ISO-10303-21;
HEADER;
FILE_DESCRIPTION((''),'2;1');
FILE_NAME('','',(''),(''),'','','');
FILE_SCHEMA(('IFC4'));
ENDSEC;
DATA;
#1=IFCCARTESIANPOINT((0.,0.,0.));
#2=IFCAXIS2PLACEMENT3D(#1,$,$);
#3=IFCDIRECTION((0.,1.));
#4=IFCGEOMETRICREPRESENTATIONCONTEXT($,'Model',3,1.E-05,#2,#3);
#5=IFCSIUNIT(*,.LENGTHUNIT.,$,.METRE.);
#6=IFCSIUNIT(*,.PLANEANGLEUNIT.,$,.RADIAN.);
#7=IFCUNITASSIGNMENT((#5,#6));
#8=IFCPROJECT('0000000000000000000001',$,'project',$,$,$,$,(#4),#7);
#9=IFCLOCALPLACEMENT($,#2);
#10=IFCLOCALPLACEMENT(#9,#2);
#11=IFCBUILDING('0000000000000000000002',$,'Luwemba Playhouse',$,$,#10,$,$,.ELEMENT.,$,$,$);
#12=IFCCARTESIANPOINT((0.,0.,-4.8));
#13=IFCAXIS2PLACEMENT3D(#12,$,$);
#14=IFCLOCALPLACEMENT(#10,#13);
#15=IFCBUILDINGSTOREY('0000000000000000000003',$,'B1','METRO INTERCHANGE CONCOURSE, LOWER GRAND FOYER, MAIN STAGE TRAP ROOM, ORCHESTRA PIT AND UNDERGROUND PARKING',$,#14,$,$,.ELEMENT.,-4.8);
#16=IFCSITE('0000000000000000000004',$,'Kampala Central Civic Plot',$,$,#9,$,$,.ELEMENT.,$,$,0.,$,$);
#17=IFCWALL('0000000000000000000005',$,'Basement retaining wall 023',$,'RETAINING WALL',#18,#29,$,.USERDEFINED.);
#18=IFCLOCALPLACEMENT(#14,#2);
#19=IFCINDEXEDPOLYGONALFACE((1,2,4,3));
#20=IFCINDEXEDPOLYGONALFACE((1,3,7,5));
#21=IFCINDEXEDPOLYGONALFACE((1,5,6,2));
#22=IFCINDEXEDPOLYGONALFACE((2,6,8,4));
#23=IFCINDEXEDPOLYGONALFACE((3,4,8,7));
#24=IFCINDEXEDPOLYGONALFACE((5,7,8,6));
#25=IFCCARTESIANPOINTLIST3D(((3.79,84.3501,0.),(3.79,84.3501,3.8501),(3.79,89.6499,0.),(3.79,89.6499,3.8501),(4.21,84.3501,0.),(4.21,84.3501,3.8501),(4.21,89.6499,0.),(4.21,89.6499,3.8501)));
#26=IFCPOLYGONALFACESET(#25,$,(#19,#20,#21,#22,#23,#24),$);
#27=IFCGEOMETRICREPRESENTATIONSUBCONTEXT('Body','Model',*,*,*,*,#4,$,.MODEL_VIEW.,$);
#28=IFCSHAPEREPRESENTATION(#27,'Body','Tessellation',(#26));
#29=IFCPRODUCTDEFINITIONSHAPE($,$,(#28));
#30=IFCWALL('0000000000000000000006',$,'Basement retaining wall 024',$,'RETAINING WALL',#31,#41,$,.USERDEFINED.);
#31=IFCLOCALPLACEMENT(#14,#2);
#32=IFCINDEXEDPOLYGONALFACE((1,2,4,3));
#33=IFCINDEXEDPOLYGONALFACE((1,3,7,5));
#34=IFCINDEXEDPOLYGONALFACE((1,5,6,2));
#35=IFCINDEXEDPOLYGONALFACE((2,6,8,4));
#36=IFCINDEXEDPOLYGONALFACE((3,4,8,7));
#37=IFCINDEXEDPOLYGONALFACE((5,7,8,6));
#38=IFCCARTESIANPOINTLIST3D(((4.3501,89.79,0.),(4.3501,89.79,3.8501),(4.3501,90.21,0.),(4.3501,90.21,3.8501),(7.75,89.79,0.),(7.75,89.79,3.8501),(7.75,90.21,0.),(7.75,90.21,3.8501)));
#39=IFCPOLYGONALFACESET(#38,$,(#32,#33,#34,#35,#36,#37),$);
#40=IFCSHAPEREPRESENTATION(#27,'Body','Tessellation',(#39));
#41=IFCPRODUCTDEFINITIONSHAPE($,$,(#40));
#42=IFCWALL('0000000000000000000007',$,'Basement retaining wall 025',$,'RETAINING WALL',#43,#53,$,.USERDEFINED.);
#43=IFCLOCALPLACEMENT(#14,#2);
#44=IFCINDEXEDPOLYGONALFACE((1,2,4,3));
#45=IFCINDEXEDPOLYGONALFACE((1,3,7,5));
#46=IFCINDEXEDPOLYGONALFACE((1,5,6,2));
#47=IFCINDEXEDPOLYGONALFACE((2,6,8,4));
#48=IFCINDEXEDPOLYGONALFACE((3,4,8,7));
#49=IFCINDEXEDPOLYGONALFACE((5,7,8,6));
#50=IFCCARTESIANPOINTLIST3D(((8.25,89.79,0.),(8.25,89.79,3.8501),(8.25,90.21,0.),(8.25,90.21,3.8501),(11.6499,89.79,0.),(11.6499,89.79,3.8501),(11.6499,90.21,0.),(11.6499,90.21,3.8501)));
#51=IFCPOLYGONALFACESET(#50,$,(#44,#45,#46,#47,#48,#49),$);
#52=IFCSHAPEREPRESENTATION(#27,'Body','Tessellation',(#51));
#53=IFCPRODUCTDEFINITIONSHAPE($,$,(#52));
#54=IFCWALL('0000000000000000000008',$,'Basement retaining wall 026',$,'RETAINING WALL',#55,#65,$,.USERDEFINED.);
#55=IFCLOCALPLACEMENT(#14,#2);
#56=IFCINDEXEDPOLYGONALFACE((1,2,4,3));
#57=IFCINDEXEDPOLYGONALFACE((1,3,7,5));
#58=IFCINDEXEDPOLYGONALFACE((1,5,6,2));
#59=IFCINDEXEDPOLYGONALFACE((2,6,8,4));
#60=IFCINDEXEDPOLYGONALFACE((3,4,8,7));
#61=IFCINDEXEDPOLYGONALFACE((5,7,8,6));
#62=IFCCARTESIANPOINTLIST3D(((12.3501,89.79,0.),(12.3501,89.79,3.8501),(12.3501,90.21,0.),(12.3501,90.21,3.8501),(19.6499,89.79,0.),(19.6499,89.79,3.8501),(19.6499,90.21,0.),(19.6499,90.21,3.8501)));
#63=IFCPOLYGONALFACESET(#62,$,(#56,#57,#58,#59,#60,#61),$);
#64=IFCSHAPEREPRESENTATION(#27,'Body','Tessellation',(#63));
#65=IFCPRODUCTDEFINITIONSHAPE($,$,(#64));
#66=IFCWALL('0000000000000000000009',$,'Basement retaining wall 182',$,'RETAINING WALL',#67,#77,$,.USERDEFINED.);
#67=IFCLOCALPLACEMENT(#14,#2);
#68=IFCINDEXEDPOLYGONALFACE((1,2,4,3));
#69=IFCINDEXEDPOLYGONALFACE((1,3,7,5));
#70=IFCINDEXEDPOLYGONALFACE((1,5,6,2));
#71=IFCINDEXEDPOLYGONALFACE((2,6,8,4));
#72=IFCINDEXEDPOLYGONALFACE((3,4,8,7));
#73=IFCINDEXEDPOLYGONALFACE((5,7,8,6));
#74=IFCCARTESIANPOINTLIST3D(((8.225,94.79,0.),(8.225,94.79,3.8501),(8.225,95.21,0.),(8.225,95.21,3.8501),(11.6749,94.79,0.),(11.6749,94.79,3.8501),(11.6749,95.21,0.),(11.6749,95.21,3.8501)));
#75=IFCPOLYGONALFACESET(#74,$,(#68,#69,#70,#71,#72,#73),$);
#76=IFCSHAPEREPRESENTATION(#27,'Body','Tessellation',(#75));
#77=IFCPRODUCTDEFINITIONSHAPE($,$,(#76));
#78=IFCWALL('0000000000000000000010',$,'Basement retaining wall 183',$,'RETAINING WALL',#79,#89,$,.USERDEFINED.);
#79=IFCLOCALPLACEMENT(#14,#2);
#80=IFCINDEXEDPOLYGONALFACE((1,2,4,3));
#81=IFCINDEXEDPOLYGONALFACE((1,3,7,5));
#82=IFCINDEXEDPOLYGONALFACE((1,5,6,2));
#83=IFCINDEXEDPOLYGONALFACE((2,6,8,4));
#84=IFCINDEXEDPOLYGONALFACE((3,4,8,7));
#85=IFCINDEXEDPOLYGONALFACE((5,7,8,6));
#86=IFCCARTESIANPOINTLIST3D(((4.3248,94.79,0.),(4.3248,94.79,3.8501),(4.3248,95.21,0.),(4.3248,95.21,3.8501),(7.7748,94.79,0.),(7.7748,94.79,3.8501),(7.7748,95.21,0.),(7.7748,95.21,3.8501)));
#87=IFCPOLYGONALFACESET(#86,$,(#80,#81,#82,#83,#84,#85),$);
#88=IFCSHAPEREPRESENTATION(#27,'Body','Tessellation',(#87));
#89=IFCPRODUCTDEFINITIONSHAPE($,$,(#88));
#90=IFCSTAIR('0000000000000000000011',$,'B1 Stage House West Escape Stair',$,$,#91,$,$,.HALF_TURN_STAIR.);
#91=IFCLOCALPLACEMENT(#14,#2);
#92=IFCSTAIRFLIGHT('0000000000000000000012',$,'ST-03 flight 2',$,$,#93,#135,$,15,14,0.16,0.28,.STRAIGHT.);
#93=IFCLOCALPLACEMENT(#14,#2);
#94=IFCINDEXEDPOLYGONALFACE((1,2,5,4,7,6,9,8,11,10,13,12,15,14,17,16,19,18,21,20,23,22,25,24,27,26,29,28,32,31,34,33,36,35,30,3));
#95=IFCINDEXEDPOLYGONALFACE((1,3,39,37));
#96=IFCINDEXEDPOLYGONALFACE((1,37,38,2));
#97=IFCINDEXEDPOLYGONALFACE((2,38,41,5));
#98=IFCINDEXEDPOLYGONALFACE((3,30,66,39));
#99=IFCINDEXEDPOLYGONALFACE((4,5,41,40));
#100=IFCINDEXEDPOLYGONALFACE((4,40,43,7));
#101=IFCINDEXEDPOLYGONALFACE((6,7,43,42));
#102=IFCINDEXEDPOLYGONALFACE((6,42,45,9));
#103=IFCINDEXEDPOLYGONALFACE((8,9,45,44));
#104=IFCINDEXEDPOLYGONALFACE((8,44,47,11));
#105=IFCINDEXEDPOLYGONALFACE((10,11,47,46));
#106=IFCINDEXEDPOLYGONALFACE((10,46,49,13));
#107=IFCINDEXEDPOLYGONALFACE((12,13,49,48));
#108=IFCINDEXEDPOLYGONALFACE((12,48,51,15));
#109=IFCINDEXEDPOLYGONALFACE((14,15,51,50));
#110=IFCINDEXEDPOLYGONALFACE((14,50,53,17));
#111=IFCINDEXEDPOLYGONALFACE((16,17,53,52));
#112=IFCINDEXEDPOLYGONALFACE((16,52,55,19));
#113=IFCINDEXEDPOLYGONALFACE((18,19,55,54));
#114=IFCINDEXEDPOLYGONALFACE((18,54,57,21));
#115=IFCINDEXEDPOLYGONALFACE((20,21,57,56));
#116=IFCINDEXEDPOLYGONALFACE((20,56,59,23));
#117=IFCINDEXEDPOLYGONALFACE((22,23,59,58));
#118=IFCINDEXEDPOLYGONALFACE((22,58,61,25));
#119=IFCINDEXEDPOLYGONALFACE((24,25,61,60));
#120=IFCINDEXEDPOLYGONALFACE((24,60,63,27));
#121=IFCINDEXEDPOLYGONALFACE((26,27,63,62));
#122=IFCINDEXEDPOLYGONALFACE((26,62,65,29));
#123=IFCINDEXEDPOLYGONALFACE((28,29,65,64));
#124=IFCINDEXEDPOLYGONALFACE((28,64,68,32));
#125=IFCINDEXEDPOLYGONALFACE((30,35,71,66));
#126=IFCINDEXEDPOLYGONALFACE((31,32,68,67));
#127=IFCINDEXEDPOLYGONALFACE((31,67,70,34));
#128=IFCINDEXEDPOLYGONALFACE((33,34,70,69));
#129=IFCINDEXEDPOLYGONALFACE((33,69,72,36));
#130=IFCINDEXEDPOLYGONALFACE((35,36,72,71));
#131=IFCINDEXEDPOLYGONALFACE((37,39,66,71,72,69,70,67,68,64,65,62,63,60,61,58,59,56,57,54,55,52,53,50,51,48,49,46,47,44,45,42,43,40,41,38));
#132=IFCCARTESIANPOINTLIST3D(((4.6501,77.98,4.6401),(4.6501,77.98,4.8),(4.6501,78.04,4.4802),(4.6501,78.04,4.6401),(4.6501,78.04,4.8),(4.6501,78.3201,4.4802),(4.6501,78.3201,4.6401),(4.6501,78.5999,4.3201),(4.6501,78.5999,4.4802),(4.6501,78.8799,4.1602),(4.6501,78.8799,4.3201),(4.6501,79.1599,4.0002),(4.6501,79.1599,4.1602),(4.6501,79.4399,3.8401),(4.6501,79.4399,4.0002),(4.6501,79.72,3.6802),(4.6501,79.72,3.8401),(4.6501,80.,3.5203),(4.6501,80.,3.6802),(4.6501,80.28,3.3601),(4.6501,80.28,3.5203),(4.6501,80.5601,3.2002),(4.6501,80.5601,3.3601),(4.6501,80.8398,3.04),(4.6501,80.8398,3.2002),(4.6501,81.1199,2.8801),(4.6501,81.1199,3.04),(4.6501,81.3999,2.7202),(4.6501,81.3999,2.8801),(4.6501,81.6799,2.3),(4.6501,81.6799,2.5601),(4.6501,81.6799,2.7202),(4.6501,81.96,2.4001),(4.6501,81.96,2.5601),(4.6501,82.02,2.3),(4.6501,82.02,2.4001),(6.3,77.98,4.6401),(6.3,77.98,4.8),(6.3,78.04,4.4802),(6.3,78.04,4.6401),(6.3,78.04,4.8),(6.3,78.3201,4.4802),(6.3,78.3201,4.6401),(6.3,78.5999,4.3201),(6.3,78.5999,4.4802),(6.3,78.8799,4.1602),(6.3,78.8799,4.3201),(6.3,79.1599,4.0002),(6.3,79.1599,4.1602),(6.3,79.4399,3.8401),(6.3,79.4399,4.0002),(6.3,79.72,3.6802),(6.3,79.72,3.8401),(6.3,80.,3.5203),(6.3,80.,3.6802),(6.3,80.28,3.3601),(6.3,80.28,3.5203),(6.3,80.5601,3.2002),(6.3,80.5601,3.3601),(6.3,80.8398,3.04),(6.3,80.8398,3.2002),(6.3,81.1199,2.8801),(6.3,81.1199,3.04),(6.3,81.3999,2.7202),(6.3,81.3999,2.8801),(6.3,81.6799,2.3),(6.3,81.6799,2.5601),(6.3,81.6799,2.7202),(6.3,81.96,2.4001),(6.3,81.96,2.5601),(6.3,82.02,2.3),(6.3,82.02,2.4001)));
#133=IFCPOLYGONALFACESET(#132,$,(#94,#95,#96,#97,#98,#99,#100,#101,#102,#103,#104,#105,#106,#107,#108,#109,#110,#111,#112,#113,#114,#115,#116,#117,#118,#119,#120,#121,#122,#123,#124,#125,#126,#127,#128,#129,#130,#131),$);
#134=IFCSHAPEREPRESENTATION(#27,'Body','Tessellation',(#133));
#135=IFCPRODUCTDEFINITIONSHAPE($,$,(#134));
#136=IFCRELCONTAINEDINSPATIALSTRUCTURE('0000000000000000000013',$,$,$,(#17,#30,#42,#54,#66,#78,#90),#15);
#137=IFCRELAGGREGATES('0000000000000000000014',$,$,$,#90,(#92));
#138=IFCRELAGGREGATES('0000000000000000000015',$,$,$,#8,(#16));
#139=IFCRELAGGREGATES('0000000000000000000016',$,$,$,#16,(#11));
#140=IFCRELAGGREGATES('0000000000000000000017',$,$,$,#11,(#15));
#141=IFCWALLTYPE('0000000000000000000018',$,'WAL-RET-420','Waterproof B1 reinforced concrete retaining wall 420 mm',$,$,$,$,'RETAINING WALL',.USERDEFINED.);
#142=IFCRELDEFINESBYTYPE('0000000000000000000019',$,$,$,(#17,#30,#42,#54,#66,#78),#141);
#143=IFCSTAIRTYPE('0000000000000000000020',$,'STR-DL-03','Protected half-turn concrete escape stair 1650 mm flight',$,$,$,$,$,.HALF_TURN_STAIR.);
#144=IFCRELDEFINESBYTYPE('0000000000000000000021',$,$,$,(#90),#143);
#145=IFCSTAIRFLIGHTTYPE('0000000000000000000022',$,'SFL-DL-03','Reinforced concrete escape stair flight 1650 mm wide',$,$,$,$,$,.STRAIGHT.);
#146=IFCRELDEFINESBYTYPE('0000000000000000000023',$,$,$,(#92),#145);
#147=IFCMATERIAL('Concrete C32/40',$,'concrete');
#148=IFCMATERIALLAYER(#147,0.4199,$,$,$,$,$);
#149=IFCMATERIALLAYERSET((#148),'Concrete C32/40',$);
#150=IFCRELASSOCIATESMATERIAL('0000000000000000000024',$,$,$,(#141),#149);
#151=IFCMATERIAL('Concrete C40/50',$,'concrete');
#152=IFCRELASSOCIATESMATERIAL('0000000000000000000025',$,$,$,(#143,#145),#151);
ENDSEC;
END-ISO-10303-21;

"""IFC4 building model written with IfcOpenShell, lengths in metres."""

from ifc_helpers import new_model, si_unit, direction, frame, frame_2d, origin, place, context, subcontext, project, spatial, polyline, rectangle, outline, extrude, material, layer, layer_set, type_object, element, aggregate, save


model = new_model("IFC4")

# Units and contexts
model_context = context("Model", 3, precision=1e-05, world=origin(), true_north=direction((0.0, 1.0)))
body_context = subcontext(model_context, "Body", "Model", "MODEL_VIEW")
ifc_project = project(units=[si_unit("LENGTHUNIT", "METRE"), si_unit("PLANEANGLEUNIT", "RADIAN")], contexts=[model_context])

# Site, building, storey
site_placement = place(None, origin())
site = spatial("IfcSite", under=ifc_project, at=site_placement, Name="Kampala Central Civic Plot", CompositionType="ELEMENT", RefElevation=0.0)
building_placement = place(site_placement, origin())
building = spatial("IfcBuilding", under=site, at=building_placement, Name="Luwemba Playhouse", CompositionType="ELEMENT")
storey_placement = place(building_placement, frame((0.0, 0.0, -4.8)))
storey = spatial("IfcBuildingStorey", under=building, at=storey_placement, Name="B1", Description="METRO INTERCHANGE CONCOURSE, LOWER GRAND FOYER, MAIN STAGE TRAP ROOM, ORCHESTRA PIT AND UNDERGROUND PARKING", CompositionType="ELEMENT", Elevation=-4.8)

# Shared definitions
ifc_material_1 = material(Name="Concrete C32/40", Category="concrete")

# Shared definitions
ifc_material_2 = material(Name="Concrete C40/50", Category="concrete")

# Walls
ifc_layer_1 = layer(ifc_material_1, 0.4199)
ifc_layer_set_1 = layer_set([ifc_layer_1], Name="Concrete C32/40")
wall_type_1 = type_object("IfcWallType", Name="WAL-RET-420", Description="Waterproof B1 reinforced concrete retaining wall 420 mm", ElementType="RETAINING WALL", PredefinedType="USERDEFINED", material=ifc_layer_set_1)
wall_1_placement = place(storey_placement, frame((4.0, 84.3501, 0.0), z_axis=(0.0, 0.0, 1.0), x_axis=(0.0, 1.0, 0.0)))
element("IfcWall", 1, at=wall_1_placement, inside=storey, type_object=wall_type_1, Name="Basement retaining wall 023", ObjectType="RETAINING WALL", PredefinedType="USERDEFINED", context=body_context, shape_type="SweptSolid", body=[
    extrude(rectangle(XDim=5.2998, YDim=0.4199, at=frame_2d((2.6499, 0.0))), origin(), (0.0, 0.0, 1.0), 3.8501),
])
for number, where, z_axis, x_axis, name in (
    (2, (4.3501, 90.0, 0.0), (0.0, 0.0, 1.0), (1.0, 0.0, 0.0), "Basement retaining wall 024"),
    (3, (8.25, 90.0, 0.0), (0.0, 0.0, 1.0), (1.0, 0.0, 0.0), "Basement retaining wall 025"),
):
    element("IfcWall", number, at=place(storey_placement, frame(where, z_axis=z_axis, x_axis=x_axis)), inside=storey, type_object=wall_type_1, Name=name, ObjectType="RETAINING WALL", PredefinedType="USERDEFINED", context=body_context, shape_type="SweptSolid", body=[
        extrude(rectangle(XDim=3.3999, YDim=0.4199, at=frame_2d((1.7, 0.0))), origin(), (0.0, 0.0, 1.0), 3.8501),
    ])
wall_2_placement = place(storey_placement, frame((12.3501, 90.0, 0.0), z_axis=(0.0, 0.0, 1.0), x_axis=(1.0, 0.0, 0.0)))
element("IfcWall", 4, at=wall_2_placement, inside=storey, type_object=wall_type_1, Name="Basement retaining wall 026", ObjectType="RETAINING WALL", PredefinedType="USERDEFINED", context=body_context, shape_type="SweptSolid", body=[
    extrude(rectangle(XDim=7.2998, YDim=0.4199, at=frame_2d((3.6499, 0.0))), origin(), (0.0, 0.0, 1.0), 3.8501),
])
for number, where, z_axis, x_axis, name in (
    (5, (11.675, 95.0, 0.0), (0.0, 0.0, 1.0), (-1.0, 0.0, 0.0), "Basement retaining wall 182"),
    (6, (7.7749, 95.0, 0.0), (0.0, 0.0, 1.0), (-1.0, 0.0, 0.0), "Basement retaining wall 183"),
):
    element("IfcWall", number, at=place(storey_placement, frame(where, z_axis=z_axis, x_axis=x_axis)), inside=storey, type_object=wall_type_1, Name=name, ObjectType="RETAINING WALL", PredefinedType="USERDEFINED", context=body_context, shape_type="SweptSolid", body=[
        extrude(rectangle(XDim=3.45, YDim=0.4199, at=frame_2d((1.7251, 0.0))), origin(), (0.0, 0.0, 1.0), 3.8501),
    ])

# Stair, stair flight
stair_type = type_object("IfcStairType", Name="STR-DL-03", Description="Protected half-turn concrete escape stair 1650 mm flight", PredefinedType="HALF_TURN_STAIR", material=ifc_material_2)
stair_placement = place(storey_placement, origin())
stair = element("IfcStair", 7, at=stair_placement, inside=storey, type_object=stair_type, Name="B1 Stage House West Escape Stair", PredefinedType="HALF_TURN_STAIR")
stair_flight_type = type_object("IfcStairFlightType", Name="SFL-DL-03", Description="Reinforced concrete escape stair flight 1650 mm wide", PredefinedType="STRAIGHT", material=ifc_material_2)
stair_flight_placement = place(storey_placement, frame((5.4751, 81.96, 2.4001), z_axis=(0.0, 0.0, 1.0), x_axis=(0.0, -1.0, 0.0)))
stair_flight = element("IfcStairFlight", 8, at=stair_flight_placement, type_object=stair_flight_type, Name="ST-03 flight 2", NumberOfRisers=15, NumberOfTreads=14, PredefinedType="STRAIGHT", RiserHeight=0.16, TreadLength=0.28, context=body_context, shape_type="SweptSolid", body=[
    extrude(outline(polyline([(-0.0601, -0.1001), (-0.0601, 0.0), (0.0, 0.0), (0.0, 0.1599), (0.28, 0.1599), (0.28, 0.3201), (0.5601, 0.3201), (0.5601, 0.48), (0.8401, 0.48), (0.8401, 0.6399), (1.1201, 0.6399), (1.1201, 0.8), (1.3999, 0.8), (1.3999, 0.96), (1.6799, 0.96), (1.6799, 1.1201), (1.96, 1.1201), (1.96, 1.28), (2.24, 1.28), (2.24, 1.4399), (2.52, 1.4399), (2.52, 1.6001), (2.8, 1.6001), (2.8, 1.76), (3.0801, 1.76), (3.0801, 1.9199), (3.3601, 1.9199), (3.3601, 2.0801), (3.6399, 2.0801), (3.6399, 2.24), (3.9199, 2.24), (3.9199, 2.3999), (3.98, 2.3999), (3.98, 2.24), (3.9199, 2.0801), (0.28, -0.1001), (-0.0601, -0.1001)])), frame((0.0, 0.825, 0.0), z_axis=(0.0, -1.0, 0.0), x_axis=(1.0, 0.0, 0.0)), (0.0, 0.0, 1.0), 1.6499),
])
aggregate(stair, [stair_flight])

save(model, "model.ifc")
